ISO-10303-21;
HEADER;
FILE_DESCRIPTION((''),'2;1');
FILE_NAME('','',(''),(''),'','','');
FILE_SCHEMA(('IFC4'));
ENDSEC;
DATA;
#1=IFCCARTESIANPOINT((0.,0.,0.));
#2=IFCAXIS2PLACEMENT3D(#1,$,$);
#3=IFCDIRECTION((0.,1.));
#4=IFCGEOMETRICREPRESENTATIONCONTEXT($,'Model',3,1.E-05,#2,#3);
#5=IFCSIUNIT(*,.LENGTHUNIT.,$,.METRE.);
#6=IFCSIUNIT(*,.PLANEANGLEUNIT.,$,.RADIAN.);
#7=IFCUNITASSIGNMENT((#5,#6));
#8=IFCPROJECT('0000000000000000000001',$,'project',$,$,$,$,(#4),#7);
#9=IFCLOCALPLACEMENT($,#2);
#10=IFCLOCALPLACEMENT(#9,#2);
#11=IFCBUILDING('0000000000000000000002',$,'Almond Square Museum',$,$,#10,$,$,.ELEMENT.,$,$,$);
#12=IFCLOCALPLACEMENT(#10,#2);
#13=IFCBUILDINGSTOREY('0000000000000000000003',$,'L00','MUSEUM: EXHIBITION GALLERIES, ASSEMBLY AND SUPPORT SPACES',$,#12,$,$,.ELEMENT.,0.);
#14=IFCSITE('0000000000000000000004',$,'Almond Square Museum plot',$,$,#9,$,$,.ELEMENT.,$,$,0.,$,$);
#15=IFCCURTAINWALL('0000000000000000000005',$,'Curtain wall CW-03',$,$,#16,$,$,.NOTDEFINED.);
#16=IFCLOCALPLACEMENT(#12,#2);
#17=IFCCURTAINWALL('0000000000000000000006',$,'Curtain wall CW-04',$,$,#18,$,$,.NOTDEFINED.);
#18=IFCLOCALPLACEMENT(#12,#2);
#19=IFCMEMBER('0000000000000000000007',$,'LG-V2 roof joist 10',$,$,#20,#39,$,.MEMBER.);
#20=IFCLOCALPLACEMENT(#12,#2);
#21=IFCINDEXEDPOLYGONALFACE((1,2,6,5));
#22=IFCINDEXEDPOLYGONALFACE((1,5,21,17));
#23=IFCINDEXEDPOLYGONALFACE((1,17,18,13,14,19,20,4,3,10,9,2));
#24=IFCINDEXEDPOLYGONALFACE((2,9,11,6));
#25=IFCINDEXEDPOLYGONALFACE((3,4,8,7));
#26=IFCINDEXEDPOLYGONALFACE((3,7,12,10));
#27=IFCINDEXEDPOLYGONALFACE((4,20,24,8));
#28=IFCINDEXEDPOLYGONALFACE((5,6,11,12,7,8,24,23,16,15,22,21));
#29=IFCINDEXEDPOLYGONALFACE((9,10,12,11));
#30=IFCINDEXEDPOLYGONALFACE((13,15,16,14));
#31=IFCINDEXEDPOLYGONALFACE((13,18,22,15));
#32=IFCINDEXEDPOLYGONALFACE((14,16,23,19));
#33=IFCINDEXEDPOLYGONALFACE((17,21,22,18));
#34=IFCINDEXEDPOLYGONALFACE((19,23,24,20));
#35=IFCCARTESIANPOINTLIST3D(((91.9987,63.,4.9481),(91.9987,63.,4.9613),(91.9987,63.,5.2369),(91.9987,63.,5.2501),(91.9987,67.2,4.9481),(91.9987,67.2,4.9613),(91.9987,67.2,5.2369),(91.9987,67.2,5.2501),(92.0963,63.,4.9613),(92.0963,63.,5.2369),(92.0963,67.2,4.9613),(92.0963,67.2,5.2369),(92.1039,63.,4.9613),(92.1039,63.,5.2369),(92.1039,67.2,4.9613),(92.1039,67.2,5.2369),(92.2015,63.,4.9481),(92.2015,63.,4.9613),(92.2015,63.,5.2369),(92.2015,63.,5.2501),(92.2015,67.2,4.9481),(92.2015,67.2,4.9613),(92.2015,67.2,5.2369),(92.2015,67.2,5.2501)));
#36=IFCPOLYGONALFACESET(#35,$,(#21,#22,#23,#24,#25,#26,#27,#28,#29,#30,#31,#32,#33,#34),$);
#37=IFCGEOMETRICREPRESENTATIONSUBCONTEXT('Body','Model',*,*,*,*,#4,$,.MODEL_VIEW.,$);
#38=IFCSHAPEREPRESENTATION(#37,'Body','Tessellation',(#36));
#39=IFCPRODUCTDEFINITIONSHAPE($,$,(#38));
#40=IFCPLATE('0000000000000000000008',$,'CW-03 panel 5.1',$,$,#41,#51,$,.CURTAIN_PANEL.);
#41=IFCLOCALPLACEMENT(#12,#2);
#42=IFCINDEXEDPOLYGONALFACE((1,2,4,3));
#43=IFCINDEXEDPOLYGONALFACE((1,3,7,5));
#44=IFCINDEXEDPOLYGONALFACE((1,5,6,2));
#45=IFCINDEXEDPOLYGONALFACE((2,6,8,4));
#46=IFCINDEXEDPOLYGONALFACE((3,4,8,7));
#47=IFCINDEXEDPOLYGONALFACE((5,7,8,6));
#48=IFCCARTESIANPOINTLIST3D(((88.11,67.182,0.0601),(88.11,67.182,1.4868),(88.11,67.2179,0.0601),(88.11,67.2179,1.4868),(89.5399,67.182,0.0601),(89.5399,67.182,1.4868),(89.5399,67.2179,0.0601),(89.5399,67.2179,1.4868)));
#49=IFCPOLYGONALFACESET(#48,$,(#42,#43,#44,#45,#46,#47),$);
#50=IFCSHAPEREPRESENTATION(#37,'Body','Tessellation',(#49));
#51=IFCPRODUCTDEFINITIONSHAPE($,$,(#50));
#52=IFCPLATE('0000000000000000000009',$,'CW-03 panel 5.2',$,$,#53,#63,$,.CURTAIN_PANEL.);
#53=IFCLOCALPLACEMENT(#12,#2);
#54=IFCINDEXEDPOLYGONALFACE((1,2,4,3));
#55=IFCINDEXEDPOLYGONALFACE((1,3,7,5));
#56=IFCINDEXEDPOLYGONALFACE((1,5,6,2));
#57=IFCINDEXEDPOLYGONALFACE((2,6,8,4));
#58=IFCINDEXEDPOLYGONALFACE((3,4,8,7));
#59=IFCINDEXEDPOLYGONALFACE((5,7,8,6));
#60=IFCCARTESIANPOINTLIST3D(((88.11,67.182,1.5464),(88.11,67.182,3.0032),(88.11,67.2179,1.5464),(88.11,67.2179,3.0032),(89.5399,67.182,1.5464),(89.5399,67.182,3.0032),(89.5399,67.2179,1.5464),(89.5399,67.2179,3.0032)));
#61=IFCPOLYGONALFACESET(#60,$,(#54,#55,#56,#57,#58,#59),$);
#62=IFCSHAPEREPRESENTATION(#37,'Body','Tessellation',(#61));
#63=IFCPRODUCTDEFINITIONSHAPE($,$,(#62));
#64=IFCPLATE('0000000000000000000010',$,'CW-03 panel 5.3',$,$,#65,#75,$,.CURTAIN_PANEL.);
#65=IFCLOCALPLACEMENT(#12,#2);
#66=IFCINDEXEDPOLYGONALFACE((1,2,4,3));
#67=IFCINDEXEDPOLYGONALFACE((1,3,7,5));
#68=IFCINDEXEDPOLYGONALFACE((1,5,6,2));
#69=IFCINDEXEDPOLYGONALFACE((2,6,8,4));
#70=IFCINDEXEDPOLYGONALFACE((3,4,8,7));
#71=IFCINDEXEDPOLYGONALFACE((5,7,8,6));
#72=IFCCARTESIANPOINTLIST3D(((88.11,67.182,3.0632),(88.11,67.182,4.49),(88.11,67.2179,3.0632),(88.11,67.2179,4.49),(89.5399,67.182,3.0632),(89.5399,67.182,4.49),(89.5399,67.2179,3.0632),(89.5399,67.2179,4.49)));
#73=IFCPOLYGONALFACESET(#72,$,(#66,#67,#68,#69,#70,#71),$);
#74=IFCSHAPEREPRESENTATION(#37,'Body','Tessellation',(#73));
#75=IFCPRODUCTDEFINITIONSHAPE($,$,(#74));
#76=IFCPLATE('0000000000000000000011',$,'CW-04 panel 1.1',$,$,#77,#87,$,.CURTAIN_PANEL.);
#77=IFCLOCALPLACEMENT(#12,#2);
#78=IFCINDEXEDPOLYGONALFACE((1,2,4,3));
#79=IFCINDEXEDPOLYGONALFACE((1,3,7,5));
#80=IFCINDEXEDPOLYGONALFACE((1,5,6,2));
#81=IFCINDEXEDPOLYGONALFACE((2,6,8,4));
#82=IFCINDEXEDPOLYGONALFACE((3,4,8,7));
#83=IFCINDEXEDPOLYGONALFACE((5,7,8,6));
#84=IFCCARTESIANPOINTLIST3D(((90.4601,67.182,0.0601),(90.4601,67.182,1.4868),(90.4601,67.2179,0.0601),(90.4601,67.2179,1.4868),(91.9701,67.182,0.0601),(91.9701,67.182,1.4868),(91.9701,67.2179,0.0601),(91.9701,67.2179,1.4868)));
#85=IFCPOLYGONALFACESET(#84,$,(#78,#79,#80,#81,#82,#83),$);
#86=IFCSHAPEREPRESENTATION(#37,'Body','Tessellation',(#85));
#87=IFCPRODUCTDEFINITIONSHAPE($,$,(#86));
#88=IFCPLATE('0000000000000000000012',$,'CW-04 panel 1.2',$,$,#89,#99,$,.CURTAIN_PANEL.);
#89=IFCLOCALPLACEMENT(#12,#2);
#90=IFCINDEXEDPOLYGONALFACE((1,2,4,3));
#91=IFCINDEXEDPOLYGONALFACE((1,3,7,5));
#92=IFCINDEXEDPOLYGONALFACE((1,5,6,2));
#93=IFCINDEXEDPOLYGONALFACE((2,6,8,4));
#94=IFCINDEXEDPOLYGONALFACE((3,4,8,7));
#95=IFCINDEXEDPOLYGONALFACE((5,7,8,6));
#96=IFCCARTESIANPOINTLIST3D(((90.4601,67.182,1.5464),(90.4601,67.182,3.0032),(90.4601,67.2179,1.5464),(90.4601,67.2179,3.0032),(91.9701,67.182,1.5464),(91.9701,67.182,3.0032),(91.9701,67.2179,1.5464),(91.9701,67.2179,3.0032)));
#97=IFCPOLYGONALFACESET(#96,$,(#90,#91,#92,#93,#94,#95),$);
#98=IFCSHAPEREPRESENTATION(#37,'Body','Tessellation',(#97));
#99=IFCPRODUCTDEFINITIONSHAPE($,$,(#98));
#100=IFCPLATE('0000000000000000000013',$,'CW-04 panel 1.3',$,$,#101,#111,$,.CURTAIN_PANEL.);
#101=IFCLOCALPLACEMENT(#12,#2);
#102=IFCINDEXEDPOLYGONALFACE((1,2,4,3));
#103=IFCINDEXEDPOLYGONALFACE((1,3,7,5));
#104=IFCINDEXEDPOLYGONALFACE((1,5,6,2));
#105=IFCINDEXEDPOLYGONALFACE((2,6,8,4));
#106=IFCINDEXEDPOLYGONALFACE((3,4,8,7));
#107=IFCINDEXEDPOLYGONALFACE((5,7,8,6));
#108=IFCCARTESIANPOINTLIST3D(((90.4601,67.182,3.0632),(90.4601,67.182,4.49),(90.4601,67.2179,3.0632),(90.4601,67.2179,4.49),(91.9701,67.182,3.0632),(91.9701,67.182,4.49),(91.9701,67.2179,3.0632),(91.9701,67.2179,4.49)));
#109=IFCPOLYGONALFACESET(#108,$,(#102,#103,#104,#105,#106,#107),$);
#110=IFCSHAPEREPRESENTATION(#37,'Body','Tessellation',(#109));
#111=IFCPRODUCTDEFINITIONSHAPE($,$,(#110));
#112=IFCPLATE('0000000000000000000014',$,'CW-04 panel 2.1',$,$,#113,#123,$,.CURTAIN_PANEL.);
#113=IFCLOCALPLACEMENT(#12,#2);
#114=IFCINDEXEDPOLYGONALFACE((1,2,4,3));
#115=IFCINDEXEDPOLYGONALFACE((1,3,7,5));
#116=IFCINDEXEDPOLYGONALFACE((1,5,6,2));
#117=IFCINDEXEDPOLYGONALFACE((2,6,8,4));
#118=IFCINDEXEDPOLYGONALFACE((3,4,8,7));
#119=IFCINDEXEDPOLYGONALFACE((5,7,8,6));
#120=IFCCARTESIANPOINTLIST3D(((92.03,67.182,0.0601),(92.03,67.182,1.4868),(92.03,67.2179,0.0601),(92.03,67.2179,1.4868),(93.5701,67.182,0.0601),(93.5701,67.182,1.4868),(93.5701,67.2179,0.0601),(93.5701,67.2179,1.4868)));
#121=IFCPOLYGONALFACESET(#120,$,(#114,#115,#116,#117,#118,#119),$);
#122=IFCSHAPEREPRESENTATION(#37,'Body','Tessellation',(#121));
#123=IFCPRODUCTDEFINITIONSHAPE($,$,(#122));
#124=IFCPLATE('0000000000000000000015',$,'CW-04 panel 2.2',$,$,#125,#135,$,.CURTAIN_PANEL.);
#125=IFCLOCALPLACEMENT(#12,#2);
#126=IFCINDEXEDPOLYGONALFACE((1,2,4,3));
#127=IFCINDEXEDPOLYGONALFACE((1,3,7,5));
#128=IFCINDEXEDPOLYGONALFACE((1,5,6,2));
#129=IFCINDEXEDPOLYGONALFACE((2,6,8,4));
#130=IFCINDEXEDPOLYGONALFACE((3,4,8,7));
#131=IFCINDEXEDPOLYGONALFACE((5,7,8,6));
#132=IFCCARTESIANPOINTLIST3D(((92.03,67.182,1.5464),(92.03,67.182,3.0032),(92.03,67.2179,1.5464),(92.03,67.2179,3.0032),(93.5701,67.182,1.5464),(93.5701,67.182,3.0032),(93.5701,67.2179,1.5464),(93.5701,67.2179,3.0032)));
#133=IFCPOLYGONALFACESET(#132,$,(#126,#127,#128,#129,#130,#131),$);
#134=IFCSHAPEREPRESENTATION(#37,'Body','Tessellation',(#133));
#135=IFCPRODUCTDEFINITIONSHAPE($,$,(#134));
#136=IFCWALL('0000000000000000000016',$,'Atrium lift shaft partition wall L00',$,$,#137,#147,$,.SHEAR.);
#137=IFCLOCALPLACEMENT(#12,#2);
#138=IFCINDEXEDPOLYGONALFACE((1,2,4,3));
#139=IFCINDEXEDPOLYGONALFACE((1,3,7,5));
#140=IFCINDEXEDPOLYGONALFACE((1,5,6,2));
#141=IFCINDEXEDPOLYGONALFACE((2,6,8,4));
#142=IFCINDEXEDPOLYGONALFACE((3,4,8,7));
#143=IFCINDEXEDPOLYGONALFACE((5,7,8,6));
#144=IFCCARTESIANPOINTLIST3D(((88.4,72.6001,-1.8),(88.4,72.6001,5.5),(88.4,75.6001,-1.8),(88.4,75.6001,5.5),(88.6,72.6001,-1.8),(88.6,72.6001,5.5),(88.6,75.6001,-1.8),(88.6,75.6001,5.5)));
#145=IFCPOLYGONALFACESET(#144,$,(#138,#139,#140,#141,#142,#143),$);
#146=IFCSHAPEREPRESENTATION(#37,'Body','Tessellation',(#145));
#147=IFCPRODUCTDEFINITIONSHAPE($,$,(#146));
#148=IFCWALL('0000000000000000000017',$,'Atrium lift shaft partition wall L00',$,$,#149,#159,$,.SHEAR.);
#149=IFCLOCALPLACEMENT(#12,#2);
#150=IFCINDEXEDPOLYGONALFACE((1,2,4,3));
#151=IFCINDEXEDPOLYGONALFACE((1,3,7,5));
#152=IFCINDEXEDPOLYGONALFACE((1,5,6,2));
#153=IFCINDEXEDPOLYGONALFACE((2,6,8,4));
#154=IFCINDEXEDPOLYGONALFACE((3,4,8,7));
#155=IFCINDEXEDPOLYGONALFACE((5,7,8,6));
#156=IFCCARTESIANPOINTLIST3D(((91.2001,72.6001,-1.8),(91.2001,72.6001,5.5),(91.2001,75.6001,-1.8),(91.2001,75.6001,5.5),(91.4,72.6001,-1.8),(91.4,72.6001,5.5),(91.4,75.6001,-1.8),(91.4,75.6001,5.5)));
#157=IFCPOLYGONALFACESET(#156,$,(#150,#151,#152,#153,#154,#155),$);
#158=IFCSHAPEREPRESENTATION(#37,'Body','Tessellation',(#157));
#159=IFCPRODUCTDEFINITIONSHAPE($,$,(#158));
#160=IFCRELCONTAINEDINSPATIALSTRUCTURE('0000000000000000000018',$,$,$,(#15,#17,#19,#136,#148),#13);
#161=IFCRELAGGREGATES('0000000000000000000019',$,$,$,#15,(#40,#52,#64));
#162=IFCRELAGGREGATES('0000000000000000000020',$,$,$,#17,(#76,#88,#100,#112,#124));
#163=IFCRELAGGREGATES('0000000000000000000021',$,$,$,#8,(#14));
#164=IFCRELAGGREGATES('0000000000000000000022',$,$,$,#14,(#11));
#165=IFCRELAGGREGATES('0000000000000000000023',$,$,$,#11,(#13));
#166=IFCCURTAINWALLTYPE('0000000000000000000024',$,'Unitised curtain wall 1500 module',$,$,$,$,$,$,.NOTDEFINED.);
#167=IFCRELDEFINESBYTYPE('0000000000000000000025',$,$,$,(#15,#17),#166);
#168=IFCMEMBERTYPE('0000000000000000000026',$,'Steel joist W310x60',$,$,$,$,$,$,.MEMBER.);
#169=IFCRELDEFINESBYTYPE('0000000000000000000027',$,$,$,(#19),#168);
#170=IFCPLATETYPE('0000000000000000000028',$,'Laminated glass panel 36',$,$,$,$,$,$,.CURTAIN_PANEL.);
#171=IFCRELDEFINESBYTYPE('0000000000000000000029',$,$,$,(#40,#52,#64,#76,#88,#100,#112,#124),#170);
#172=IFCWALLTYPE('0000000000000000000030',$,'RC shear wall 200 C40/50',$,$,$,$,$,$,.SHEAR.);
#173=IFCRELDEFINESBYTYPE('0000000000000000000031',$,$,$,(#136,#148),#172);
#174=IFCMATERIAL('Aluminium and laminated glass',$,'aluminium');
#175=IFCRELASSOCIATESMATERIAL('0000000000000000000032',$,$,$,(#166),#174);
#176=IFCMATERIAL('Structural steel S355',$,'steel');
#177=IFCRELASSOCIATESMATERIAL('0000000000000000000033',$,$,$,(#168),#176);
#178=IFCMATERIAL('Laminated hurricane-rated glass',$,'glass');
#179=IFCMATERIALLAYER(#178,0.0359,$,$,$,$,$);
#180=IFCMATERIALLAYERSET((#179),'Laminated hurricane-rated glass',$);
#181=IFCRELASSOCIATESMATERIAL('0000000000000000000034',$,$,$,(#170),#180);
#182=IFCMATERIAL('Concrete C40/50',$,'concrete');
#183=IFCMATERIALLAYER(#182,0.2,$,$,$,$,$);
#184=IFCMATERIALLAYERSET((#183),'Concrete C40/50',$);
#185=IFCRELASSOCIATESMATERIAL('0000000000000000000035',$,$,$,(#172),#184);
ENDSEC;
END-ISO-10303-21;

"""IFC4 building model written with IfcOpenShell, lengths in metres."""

from ifc_helpers import new_model, si_unit, direction, frame, frame_2d, origin, origin_2d, place, context, subcontext, project, spatial, rectangle, i_section, extrude, material, layer, layer_set, material_profile, profile_set, type_object, element, aggregate, save


model = new_model("IFC4")

# Units and contexts
model_context = context("Model", 3, precision=1e-05, world=origin(), true_north=direction((0.0, 1.0)))
body_context = subcontext(model_context, "Body", "Model", "MODEL_VIEW")
ifc_project = project(units=[si_unit("LENGTHUNIT", "METRE"), si_unit("PLANEANGLEUNIT", "RADIAN")], contexts=[model_context])

# Site, building, storey
site_placement = place(None, origin())
site = spatial("IfcSite", under=ifc_project, at=site_placement, Name="Almond Square Museum plot", CompositionType="ELEMENT", RefElevation=0.0)
building_placement = place(site_placement, origin())
building = spatial("IfcBuilding", under=site, at=building_placement, Name="Almond Square Museum", CompositionType="ELEMENT")
storey_placement = place(building_placement, origin())
storey = spatial("IfcBuildingStorey", under=building, at=storey_placement, Name="L00", Description="MUSEUM: EXHIBITION GALLERIES, ASSEMBLY AND SUPPORT SPACES", CompositionType="ELEMENT", Elevation=0.0)

# Curtain wall
ifc_material_1 = material(Name="Aluminium and laminated glass", Category="aluminium")
curtain_wall_type = type_object("IfcCurtainWallType", Name="Unitised curtain wall 1500 module", PredefinedType="NOTDEFINED", material=ifc_material_1)
curtain_wall_1_placement = place(storey_placement, origin())
curtain_wall_1 = element("IfcCurtainWall", 1, at=curtain_wall_1_placement, inside=storey, type_object=curtain_wall_type, Name="Curtain wall CW-03", PredefinedType="NOTDEFINED")

# Curtain wall
curtain_wall_2_placement = place(storey_placement, origin())
curtain_wall_2 = element("IfcCurtainWall", 2, at=curtain_wall_2_placement, inside=storey, type_object=curtain_wall_type, Name="Curtain wall CW-04", PredefinedType="NOTDEFINED")

# Member
ifc_material_2 = material(Name="Structural steel S355", Category="steel")
ifc_material_profile_1 = material_profile(ifc_material_2, i_section(OverallWidth=0.2029, OverallDepth=0.302, WebThickness=0.0076, FlangeThickness=0.0132, at=origin_2d()))
ifc_profile_set_1 = profile_set([ifc_material_profile_1], Name="Structural steel S355")
member_type_1 = type_object("IfcMemberType", Name="Steel joist W310x60", PredefinedType="MEMBER", material=ifc_profile_set_1)
for number, where, z_axis, x_axis, name in (
    (3, (92.1001, 67.2, 5.0991), (0.0, -1.0, 0.0), (1.0, 0.0, 0.0), "LG-V2 roof joist 10"),
):
    element("IfcMember", number, at=place(storey_placement, frame(where, z_axis=z_axis, x_axis=x_axis)), inside=storey, type_object=member_type_1, Name=name, PredefinedType="MEMBER", context=body_context, shape_type="SweptSolid", body=[
        extrude(i_section(OverallWidth=0.2029, OverallDepth=0.302, WebThickness=0.0076, FlangeThickness=0.0132, at=origin_2d()), origin(), (0.0, 0.0, 1.0), 4.2),
    ])

# Plates
ifc_material_3 = material(Name="Laminated hurricane-rated glass", Category="glass")
ifc_layer_1 = layer(ifc_material_3, 0.0359)
ifc_layer_set_1 = layer_set([ifc_layer_1], Name="Laminated hurricane-rated glass")
plate_type = type_object("IfcPlateType", Name="Laminated glass panel 36", PredefinedType="CURTAIN_PANEL", material=ifc_layer_set_1)
plate_1_placement = place(storey_placement, frame((88.825, 67.2, 0.0601), z_axis=(0.0, 0.0, 1.0), x_axis=(1.0, 0.0, 0.0)))
plate_1 = element("IfcPlate", 4, at=plate_1_placement, type_object=plate_type, Name="CW-03 panel 5.1", PredefinedType="CURTAIN_PANEL", context=body_context, shape_type="SweptSolid", body=[
    extrude(rectangle(XDim=1.4299, YDim=0.0359, at=origin_2d()), origin(), (0.0, 0.0, 1.0), 1.4268),
])
plate_2_placement = place(storey_placement, frame((88.825, 67.2, 1.5464), z_axis=(0.0, 0.0, 1.0), x_axis=(1.0, 0.0, 0.0)))
plate_2 = element("IfcPlate", 5, at=plate_2_placement, type_object=plate_type, Name="CW-03 panel 5.2", PredefinedType="CURTAIN_PANEL", context=body_context, shape_type="SweptSolid", body=[
    extrude(rectangle(XDim=1.4299, YDim=0.0359, at=origin_2d()), origin(), (0.0, 0.0, 1.0), 1.4568),
])
plate_3_placement = place(storey_placement, frame((88.825, 67.2, 3.0632), z_axis=(0.0, 0.0, 1.0), x_axis=(1.0, 0.0, 0.0)))
plate_3 = element("IfcPlate", 6, at=plate_3_placement, type_object=plate_type, Name="CW-03 panel 5.3", PredefinedType="CURTAIN_PANEL", context=body_context, shape_type="SweptSolid", body=[
    extrude(rectangle(XDim=1.4299, YDim=0.0359, at=origin_2d()), origin(), (0.0, 0.0, 1.0), 1.4268),
])
aggregate(curtain_wall_1, [plate_1, plate_2, plate_3])
plate_4_placement = place(storey_placement, frame((91.2151, 67.2, 0.0601), z_axis=(0.0, 0.0, 1.0), x_axis=(1.0, 0.0, 0.0)))
plate_4 = element("IfcPlate", 7, at=plate_4_placement, type_object=plate_type, Name="CW-04 panel 1.1", PredefinedType="CURTAIN_PANEL", context=body_context, shape_type="SweptSolid", body=[
    extrude(rectangle(XDim=1.51, YDim=0.0359, at=origin_2d()), origin(), (0.0, 0.0, 1.0), 1.4268),
])
plate_5_placement = place(storey_placement, frame((91.2151, 67.2, 1.5464), z_axis=(0.0, 0.0, 1.0), x_axis=(1.0, 0.0, 0.0)))
plate_5 = element("IfcPlate", 8, at=plate_5_placement, type_object=plate_type, Name="CW-04 panel 1.2", PredefinedType="CURTAIN_PANEL", context=body_context, shape_type="SweptSolid", body=[
    extrude(rectangle(XDim=1.51, YDim=0.0359, at=origin_2d()), origin(), (0.0, 0.0, 1.0), 1.4568),
])
plate_6_placement = place(storey_placement, frame((91.2151, 67.2, 3.0632), z_axis=(0.0, 0.0, 1.0), x_axis=(1.0, 0.0, 0.0)))
plate_6 = element("IfcPlate", 9, at=plate_6_placement, type_object=plate_type, Name="CW-04 panel 1.3", PredefinedType="CURTAIN_PANEL", context=body_context, shape_type="SweptSolid", body=[
    extrude(rectangle(XDim=1.51, YDim=0.0359, at=origin_2d()), origin(), (0.0, 0.0, 1.0), 1.4268),
])
plate_7_placement = place(storey_placement, frame((92.8, 67.2, 0.0601), z_axis=(0.0, 0.0, 1.0), x_axis=(1.0, 0.0, 0.0)))
plate_7 = element("IfcPlate", 10, at=plate_7_placement, type_object=plate_type, Name="CW-04 panel 2.1", PredefinedType="CURTAIN_PANEL", context=body_context, shape_type="SweptSolid", body=[
    extrude(rectangle(XDim=1.54, YDim=0.0359, at=origin_2d()), origin(), (0.0, 0.0, 1.0), 1.4268),
])
plate_8_placement = place(storey_placement, frame((92.8, 67.2, 1.5464), z_axis=(0.0, 0.0, 1.0), x_axis=(1.0, 0.0, 0.0)))
plate_8 = element("IfcPlate", 11, at=plate_8_placement, type_object=plate_type, Name="CW-04 panel 2.2", PredefinedType="CURTAIN_PANEL", context=body_context, shape_type="SweptSolid", body=[
    extrude(rectangle(XDim=1.54, YDim=0.0359, at=origin_2d()), origin(), (0.0, 0.0, 1.0), 1.4568),
])
aggregate(curtain_wall_2, [plate_4, plate_5, plate_6, plate_7, plate_8])

# Walls
ifc_material_4 = material(Name="Concrete C40/50", Category="concrete")
ifc_layer_2 = layer(ifc_material_4, 0.2)
ifc_layer_set_2 = layer_set([ifc_layer_2], Name="Concrete C40/50")
wall_type = type_object("IfcWallType", Name="RC shear wall 200 C40/50", PredefinedType="SHEAR", material=ifc_layer_set_2)
for number, where, z_axis, x_axis, name in (
    (12, (88.5, 72.6001, -1.8), (0.0, 0.0, 1.0), (0.0, 1.0, 0.0), "Atrium lift shaft partition wall L00"),
    (13, (91.3, 72.6001, -1.8), (0.0, 0.0, 1.0), (0.0, 1.0, 0.0), "Atrium lift shaft partition wall L00"),
):
    element("IfcWall", number, at=place(storey_placement, frame(where, z_axis=z_axis, x_axis=x_axis)), inside=storey, type_object=wall_type, Name=name, PredefinedType="SHEAR", context=body_context, shape_type="SweptSolid", body=[
        extrude(rectangle(XDim=3.0, YDim=0.2, at=frame_2d((1.5, 0.0))), origin(), (0.0, 0.0, 1.0), 7.3),
    ])

save(model, "model.ifc")
